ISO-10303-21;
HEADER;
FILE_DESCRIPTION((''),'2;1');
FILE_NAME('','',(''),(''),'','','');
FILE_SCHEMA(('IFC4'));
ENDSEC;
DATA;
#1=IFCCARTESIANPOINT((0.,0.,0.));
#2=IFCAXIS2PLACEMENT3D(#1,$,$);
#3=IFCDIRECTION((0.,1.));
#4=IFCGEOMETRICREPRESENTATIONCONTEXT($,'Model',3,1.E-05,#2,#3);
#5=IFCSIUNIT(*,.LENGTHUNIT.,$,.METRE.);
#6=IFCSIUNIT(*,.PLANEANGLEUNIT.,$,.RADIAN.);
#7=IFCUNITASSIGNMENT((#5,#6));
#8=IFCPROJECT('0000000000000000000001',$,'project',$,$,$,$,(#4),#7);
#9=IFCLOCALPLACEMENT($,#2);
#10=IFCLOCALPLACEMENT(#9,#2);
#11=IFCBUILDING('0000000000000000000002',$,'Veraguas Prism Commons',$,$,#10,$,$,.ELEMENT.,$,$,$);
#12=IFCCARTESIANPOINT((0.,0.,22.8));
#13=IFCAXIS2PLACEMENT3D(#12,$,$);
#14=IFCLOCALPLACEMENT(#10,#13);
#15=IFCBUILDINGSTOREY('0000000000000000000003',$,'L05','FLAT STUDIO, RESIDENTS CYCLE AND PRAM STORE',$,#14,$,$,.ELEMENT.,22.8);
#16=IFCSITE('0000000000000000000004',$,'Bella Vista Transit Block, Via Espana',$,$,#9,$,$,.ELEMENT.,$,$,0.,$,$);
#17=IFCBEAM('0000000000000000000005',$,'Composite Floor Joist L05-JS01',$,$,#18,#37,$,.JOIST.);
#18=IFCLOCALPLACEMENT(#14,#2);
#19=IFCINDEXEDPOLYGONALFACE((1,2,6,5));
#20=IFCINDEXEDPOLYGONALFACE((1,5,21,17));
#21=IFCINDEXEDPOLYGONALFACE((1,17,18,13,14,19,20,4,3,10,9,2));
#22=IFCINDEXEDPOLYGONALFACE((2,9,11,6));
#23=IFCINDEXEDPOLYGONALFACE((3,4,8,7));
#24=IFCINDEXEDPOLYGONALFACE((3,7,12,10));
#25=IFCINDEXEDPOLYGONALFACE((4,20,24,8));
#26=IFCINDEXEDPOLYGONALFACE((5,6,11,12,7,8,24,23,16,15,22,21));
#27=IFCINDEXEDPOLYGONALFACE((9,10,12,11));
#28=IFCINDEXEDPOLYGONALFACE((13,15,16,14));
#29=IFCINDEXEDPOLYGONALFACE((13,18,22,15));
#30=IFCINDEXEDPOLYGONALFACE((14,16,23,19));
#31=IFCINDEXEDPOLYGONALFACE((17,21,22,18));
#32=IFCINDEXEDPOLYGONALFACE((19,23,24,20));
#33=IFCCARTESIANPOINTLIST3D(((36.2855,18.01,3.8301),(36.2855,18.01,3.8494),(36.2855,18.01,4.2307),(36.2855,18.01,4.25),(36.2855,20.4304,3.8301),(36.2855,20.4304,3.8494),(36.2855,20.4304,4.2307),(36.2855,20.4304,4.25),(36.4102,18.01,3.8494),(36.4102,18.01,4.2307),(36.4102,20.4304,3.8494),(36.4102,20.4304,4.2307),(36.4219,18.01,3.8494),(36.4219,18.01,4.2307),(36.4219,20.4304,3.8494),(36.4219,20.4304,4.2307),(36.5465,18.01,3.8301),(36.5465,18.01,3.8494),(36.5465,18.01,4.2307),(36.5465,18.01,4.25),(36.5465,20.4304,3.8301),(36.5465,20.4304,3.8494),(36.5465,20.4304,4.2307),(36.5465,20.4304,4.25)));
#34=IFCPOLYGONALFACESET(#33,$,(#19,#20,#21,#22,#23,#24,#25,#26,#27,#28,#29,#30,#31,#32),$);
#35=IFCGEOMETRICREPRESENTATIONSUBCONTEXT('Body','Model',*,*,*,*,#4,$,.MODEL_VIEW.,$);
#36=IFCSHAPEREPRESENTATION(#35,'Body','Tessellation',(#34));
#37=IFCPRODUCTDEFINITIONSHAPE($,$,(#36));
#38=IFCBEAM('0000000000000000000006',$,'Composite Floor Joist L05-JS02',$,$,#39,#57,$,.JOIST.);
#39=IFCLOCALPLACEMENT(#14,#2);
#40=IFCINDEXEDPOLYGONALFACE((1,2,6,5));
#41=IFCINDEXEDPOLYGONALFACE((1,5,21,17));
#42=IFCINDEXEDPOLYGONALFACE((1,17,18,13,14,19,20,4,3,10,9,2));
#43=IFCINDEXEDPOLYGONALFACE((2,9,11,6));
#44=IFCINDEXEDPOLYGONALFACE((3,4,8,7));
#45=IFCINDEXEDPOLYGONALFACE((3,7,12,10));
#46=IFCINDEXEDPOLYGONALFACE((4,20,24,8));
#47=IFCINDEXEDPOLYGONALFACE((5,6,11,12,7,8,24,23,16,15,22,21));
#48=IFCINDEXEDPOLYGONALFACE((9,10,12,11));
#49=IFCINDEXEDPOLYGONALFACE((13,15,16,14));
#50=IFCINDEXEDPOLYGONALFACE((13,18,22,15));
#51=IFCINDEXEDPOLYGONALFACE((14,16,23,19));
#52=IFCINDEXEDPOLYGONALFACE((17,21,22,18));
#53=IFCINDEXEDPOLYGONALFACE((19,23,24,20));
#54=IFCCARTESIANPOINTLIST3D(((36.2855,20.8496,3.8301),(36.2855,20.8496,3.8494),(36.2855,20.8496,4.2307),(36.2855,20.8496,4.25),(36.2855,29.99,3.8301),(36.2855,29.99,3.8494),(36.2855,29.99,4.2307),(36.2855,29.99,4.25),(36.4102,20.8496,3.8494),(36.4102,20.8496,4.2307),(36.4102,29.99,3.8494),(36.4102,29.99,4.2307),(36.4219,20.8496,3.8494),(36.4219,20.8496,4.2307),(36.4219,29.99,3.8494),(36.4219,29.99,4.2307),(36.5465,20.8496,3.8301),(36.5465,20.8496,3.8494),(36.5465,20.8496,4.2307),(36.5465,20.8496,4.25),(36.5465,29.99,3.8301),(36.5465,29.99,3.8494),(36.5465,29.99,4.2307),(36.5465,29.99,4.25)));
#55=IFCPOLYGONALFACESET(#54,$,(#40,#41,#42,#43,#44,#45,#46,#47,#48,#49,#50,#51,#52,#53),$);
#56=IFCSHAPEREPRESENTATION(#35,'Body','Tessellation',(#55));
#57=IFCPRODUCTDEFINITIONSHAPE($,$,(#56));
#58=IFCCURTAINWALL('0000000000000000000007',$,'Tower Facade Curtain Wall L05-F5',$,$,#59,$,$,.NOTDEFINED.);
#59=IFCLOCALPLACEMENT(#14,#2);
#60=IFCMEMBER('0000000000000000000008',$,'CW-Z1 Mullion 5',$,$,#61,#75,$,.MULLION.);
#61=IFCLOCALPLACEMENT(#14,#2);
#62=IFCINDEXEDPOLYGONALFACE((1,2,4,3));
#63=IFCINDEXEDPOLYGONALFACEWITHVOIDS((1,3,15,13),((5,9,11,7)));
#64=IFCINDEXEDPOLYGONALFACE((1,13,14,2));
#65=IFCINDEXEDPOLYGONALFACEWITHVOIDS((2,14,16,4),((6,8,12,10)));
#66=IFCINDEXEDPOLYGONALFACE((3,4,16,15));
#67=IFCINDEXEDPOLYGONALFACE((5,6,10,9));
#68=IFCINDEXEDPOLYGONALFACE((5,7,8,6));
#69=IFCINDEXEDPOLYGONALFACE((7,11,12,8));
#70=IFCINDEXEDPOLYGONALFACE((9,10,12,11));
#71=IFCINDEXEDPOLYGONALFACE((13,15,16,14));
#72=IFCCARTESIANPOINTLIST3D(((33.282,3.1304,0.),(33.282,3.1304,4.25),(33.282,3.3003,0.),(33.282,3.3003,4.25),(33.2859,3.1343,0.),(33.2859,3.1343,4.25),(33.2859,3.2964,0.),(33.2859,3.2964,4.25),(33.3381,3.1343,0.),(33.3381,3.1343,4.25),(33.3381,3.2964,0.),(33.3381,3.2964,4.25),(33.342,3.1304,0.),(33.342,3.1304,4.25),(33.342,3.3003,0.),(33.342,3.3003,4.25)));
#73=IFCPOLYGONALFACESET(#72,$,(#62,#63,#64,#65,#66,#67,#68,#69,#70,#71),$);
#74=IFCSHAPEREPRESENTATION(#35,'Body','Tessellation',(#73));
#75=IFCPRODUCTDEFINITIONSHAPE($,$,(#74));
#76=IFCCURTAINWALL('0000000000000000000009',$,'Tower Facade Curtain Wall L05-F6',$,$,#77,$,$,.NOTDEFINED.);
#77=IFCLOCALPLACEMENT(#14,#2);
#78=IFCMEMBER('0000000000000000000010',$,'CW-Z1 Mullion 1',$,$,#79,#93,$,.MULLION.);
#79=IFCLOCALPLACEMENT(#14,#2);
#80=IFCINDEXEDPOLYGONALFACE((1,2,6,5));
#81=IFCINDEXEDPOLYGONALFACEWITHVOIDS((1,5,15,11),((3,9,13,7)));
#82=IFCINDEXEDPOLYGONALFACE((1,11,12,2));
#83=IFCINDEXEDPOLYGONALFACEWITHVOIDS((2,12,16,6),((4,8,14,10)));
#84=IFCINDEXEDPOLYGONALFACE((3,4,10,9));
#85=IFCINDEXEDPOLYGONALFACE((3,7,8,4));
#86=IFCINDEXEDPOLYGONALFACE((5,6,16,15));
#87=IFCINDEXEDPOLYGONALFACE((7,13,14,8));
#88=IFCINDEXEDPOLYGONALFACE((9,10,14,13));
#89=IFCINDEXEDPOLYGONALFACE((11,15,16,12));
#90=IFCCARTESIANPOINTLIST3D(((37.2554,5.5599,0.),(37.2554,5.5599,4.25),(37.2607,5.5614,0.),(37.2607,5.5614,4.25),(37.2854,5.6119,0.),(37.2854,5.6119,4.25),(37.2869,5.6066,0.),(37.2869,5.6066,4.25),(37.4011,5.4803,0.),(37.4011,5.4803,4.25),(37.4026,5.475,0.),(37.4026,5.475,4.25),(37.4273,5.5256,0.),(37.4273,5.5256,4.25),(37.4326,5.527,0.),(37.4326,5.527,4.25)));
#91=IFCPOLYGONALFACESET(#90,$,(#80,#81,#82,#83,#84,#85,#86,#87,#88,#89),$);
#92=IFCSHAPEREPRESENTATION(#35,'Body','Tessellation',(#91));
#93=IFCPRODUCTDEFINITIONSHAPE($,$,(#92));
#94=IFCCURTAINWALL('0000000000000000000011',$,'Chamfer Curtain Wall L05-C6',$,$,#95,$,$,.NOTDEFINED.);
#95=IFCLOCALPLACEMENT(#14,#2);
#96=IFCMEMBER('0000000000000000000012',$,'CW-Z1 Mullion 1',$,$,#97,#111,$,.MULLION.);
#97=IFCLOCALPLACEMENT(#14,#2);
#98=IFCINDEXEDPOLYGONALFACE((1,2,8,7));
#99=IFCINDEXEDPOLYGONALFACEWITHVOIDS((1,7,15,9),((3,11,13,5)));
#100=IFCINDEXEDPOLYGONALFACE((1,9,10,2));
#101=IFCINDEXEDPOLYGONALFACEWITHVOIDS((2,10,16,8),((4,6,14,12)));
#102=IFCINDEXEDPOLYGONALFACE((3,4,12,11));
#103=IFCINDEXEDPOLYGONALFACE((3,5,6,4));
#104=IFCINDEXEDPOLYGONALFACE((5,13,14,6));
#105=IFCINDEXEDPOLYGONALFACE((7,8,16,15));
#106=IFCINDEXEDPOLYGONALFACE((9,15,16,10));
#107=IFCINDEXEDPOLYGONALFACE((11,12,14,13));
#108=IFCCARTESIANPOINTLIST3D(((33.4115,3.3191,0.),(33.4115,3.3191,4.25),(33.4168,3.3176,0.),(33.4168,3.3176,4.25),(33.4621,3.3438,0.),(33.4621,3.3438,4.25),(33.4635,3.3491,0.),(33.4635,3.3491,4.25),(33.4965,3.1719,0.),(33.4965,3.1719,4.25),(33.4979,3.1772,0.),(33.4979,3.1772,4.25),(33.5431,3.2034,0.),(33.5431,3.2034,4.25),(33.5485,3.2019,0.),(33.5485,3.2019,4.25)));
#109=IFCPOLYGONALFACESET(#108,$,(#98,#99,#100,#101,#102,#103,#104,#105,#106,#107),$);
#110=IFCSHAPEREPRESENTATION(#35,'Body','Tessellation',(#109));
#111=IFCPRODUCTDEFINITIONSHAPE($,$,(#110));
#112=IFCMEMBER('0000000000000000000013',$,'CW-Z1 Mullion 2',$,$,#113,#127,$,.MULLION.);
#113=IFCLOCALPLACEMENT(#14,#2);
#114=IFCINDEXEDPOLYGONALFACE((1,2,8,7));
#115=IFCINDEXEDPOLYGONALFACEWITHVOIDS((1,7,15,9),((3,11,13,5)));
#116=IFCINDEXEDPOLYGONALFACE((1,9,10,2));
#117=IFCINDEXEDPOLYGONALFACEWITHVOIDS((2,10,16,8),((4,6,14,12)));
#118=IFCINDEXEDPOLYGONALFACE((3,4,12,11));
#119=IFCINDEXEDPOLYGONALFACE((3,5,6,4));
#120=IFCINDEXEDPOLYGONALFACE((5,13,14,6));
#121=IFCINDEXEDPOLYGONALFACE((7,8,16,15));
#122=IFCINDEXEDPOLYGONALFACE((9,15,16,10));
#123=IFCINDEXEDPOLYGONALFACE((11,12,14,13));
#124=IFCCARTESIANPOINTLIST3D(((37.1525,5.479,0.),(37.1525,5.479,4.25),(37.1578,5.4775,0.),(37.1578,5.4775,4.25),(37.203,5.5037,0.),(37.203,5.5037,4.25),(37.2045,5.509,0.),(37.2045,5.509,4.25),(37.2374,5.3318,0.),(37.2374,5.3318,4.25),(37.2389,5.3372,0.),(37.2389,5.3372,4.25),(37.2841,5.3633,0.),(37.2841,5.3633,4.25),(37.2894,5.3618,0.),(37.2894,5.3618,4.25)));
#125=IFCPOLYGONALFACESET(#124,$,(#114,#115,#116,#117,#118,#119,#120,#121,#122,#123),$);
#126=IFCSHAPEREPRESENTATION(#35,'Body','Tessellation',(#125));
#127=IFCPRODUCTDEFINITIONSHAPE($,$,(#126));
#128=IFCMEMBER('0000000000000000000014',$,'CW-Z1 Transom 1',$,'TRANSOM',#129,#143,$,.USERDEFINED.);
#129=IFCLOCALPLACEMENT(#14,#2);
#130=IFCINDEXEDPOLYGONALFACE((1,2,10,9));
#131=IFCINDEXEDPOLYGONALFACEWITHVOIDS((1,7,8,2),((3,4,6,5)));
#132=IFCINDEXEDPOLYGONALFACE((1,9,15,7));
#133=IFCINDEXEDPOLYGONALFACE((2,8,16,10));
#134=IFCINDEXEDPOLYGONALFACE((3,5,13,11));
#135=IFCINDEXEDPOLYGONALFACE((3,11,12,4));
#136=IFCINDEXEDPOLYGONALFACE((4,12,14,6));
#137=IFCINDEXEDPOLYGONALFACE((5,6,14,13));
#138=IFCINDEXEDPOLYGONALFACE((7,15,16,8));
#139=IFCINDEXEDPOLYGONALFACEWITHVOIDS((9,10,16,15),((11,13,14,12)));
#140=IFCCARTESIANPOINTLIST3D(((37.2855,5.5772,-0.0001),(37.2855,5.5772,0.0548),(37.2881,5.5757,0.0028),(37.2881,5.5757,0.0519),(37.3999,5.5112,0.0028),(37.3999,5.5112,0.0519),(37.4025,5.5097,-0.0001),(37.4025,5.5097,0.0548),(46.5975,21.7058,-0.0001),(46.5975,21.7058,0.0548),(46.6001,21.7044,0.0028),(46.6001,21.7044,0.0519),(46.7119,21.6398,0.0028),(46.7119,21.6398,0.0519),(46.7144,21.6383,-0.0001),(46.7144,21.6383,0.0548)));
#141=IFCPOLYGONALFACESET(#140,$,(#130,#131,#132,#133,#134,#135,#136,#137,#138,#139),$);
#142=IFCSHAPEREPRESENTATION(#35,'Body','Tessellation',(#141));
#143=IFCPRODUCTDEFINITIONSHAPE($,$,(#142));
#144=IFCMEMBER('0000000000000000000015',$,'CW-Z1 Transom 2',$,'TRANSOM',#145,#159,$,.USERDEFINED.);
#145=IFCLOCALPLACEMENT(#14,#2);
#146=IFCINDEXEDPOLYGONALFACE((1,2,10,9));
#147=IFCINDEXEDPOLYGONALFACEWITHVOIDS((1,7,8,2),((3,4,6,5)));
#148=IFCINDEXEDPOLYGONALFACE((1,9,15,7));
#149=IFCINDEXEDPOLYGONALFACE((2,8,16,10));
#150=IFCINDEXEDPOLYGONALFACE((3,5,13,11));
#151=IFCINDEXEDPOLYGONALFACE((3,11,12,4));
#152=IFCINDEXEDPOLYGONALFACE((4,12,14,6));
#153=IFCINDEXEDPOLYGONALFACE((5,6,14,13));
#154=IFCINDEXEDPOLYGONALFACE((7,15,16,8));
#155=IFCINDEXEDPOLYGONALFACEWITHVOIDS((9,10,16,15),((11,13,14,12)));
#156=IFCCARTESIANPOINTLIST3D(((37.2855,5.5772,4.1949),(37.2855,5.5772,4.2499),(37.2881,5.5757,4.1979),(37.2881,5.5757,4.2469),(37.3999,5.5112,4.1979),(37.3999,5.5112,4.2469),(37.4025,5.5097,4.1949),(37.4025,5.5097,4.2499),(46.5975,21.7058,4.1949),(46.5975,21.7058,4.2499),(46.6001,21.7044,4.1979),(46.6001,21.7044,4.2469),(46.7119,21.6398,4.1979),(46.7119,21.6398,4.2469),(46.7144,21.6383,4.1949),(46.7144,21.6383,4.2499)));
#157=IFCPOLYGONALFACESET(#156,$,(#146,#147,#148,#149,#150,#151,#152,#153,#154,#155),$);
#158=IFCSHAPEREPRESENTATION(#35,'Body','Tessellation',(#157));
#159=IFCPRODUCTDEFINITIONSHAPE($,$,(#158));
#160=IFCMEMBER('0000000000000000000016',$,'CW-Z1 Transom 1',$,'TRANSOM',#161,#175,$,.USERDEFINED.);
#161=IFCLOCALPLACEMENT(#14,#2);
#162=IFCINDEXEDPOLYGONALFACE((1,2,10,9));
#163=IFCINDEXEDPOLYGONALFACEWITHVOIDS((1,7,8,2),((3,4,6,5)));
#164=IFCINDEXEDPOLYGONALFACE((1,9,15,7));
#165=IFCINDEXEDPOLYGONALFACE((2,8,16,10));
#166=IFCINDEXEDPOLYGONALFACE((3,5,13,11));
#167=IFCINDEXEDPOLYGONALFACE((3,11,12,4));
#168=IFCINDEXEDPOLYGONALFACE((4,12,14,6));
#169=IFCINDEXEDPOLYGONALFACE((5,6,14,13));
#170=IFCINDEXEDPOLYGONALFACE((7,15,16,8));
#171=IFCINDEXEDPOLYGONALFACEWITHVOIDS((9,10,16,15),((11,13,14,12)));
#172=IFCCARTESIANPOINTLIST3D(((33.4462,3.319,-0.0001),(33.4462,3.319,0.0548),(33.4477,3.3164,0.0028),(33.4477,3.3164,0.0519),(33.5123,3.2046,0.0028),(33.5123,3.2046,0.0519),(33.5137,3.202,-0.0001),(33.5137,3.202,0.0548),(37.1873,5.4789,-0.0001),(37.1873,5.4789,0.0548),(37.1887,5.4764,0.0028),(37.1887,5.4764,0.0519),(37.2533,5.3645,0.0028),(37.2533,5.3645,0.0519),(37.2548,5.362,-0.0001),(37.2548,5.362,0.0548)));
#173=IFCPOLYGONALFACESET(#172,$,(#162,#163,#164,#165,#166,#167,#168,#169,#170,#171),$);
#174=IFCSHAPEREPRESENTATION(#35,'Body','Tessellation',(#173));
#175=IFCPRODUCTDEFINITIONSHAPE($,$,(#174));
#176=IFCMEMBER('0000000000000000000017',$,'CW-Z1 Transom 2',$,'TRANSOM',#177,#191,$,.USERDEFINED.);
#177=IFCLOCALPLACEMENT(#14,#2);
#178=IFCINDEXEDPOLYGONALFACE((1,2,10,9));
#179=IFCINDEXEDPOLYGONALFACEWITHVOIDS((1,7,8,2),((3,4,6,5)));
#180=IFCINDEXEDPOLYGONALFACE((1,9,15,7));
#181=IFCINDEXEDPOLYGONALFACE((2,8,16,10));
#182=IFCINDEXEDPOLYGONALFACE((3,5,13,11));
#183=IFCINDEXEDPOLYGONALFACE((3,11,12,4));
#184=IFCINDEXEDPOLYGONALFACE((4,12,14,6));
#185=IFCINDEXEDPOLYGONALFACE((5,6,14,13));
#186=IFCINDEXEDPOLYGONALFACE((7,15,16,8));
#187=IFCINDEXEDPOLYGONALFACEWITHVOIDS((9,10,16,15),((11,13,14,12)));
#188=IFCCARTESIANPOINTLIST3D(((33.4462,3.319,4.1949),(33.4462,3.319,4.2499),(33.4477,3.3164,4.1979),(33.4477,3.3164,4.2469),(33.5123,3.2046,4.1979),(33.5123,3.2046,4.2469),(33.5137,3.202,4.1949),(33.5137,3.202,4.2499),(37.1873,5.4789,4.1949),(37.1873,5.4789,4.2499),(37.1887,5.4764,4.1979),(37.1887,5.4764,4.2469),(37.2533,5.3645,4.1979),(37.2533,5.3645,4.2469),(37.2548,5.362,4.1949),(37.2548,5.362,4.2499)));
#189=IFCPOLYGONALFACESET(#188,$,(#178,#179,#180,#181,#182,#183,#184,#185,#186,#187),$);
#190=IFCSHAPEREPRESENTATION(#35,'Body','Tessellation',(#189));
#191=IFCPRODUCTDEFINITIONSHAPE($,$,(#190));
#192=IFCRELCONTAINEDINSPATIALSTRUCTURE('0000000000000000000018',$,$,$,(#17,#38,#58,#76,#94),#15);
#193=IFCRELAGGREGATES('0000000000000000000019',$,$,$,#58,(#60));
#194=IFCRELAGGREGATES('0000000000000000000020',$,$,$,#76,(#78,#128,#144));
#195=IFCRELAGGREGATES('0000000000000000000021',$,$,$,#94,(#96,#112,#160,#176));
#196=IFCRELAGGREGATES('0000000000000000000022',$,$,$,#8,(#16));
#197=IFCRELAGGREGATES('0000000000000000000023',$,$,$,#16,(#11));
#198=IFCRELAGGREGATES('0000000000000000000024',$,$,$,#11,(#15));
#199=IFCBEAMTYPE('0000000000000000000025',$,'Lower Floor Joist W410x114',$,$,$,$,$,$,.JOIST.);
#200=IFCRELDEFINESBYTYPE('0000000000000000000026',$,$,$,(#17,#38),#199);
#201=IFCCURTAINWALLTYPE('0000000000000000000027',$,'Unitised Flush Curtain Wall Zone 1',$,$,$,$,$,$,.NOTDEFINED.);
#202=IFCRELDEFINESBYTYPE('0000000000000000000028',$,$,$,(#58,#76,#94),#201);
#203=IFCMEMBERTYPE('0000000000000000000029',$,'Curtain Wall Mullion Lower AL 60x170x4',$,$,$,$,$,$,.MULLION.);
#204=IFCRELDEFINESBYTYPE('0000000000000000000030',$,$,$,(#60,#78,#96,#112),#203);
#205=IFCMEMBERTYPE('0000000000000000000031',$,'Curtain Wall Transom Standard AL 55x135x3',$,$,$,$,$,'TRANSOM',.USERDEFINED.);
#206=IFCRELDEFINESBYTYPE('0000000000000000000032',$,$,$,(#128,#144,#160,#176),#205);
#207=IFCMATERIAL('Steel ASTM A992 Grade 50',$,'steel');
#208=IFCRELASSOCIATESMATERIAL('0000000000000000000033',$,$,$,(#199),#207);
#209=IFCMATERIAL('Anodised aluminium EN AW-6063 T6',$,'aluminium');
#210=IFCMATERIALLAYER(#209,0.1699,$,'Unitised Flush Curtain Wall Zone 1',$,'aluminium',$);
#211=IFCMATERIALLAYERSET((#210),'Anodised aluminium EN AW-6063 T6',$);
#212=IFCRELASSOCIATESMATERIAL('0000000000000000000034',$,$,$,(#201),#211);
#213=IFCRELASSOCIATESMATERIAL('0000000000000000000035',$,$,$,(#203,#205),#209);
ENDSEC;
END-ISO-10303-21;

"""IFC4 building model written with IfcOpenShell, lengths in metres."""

from ifc_helpers import new_model, si_unit, direction, frame, origin, origin_2d, place, context, subcontext, project, spatial, hollow_rectangle, i_section, extrude, source, transform, mapped, material, layer, layer_set, material_profile, profile_set, type_object, element, aggregate, save


model = new_model("IFC4")

# Units and contexts
model_context = context("Model", 3, precision=1e-05, world=origin(), true_north=direction((0.0, 1.0)))
body_context = subcontext(model_context, "Body", "Model", "MODEL_VIEW")
ifc_project = project(units=[si_unit("LENGTHUNIT", "METRE"), si_unit("PLANEANGLEUNIT", "RADIAN")], contexts=[model_context])

# Site, building, storey
site_placement = place(None, origin())
site = spatial("IfcSite", under=ifc_project, at=site_placement, Name="Bella Vista Transit Block, Via Espana", CompositionType="ELEMENT", RefElevation=0.0)
building_placement = place(site_placement, origin())
building = spatial("IfcBuilding", under=site, at=building_placement, Name="Veraguas Prism Commons", CompositionType="ELEMENT")
storey_placement = place(building_placement, frame((0.0, 0.0, 22.8)))
storey = spatial("IfcBuildingStorey", under=building, at=storey_placement, Name="L05", Description="FLAT STUDIO, RESIDENTS CYCLE AND PRAM STORE", CompositionType="ELEMENT", Elevation=22.8)

# Beams
ifc_material_1 = material(Name="Steel ASTM A992 Grade 50", Category="steel")
ifc_material_profile_1 = material_profile(ifc_material_1, i_section(OverallWidth=0.261, OverallDepth=0.4199, WebThickness=0.0117, FlangeThickness=0.0193, at=origin_2d()), Name="W410X114")
ifc_profile_set_1 = profile_set([ifc_material_profile_1], Name="Steel ASTM A992 Grade 50")
beam_type = type_object("IfcBeamType", Name="Lower Floor Joist W410x114", PredefinedType="JOIST", material=ifc_profile_set_1)
beam_1_placement = place(storey_placement, frame((36.416, 18.01, 4.04), z_axis=(0.0, 1.0, 0.0), x_axis=(-1.0, 0.0, 0.0)))
element("IfcBeam", 1, at=beam_1_placement, inside=storey, type_object=beam_type, Name="Composite Floor Joist L05-JS01", PredefinedType="JOIST", context=body_context, shape_type="SweptSolid", body=[
    extrude(i_section(OverallWidth=0.261, OverallDepth=0.4199, WebThickness=0.0117, FlangeThickness=0.0193, at=origin_2d()), origin(), (0.0, 0.0, 1.0), 2.4204),
])
beam_2_placement = place(storey_placement, frame((36.416, 20.8496, 4.04), z_axis=(0.0, 1.0, 0.0), x_axis=(-1.0, 0.0, 0.0)))
element("IfcBeam", 2, at=beam_2_placement, inside=storey, type_object=beam_type, Name="Composite Floor Joist L05-JS02", PredefinedType="JOIST", context=body_context, shape_type="SweptSolid", body=[
    extrude(i_section(OverallWidth=0.261, OverallDepth=0.4199, WebThickness=0.0117, FlangeThickness=0.0193, at=origin_2d()), origin(), (0.0, 0.0, 1.0), 9.1404),
])

# Curtain walls, members
ifc_material_2 = material(Name="Anodised aluminium EN AW-6063 T6", Category="aluminium")
ifc_layer_1 = layer(ifc_material_2, 0.1699, Name="Unitised Flush Curtain Wall Zone 1", Category="aluminium")
ifc_layer_set_1 = layer_set([ifc_layer_1], Name="Anodised aluminium EN AW-6063 T6")
curtain_wall_type = type_object("IfcCurtainWallType", Name="Unitised Flush Curtain Wall Zone 1", PredefinedType="NOTDEFINED", material=ifc_layer_set_1)
curtain_wall_1_placement = place(storey_placement, origin())
curtain_wall_1 = element("IfcCurtainWall", 3, at=curtain_wall_1_placement, inside=storey, type_object=curtain_wall_type, Name="Tower Facade Curtain Wall L05-F5", PredefinedType="NOTDEFINED")
ifc_material_profile_2 = material_profile(ifc_material_2, hollow_rectangle(XDim=0.0601, YDim=0.1699, WallThickness=0.0039, at=origin_2d()), Name="AL60X170X4")
ifc_profile_set_2 = profile_set([ifc_material_profile_2], Name="Anodised aluminium EN AW-6063 T6")
member_type_1 = type_object("IfcMemberType", Name="Curtain Wall Mullion Lower AL 60x170x4", PredefinedType="MULLION", material=ifc_profile_set_2)
shared_shape_1 = source(origin(), body_context, "Body", "SweptSolid", [
    extrude(hollow_rectangle(XDim=0.0601, YDim=0.1699, WallThickness=0.0039, at=origin_2d()), origin(), (0.0, 0.0, 1.0), 4.25),
])
member_1_placement = place(storey_placement, frame((33.312, 3.2153, 0.0), z_axis=(0.0, 0.0, 1.0), x_axis=(1.0, 0.0, 0.0)))
member_1 = element("IfcMember", 4, at=member_1_placement, type_object=member_type_1, Name="CW-Z1 Mullion 5", PredefinedType="MULLION", context=body_context, shape_type="MappedRepresentation", body=[
    mapped(shared_shape_1, transform((0.0, 0.0, 0.0), scale=1.0)),
])
aggregate(curtain_wall_1, [member_1])
curtain_wall_2_placement = place(storey_placement, origin())
curtain_wall_2 = element("IfcCurtainWall", 5, at=curtain_wall_2_placement, inside=storey, type_object=curtain_wall_type, Name="Tower Facade Curtain Wall L05-F6", PredefinedType="NOTDEFINED")
member_2_placement = place(storey_placement, frame((37.344, 5.5435, 0.0), z_axis=(0.0, 0.0, 1.0), x_axis=(0.500005, 0.866023, 0.0)))
member_2 = element("IfcMember", 6, at=member_2_placement, type_object=member_type_1, Name="CW-Z1 Mullion 1", PredefinedType="MULLION", context=body_context, shape_type="MappedRepresentation", body=[
    mapped(shared_shape_1, transform((0.0, 0.0, 0.0), scale=1.0)),
])

# Curtain wall, members
curtain_wall_3_placement = place(storey_placement, origin())
curtain_wall_3 = element("IfcCurtainWall", 7, at=curtain_wall_3_placement, inside=storey, type_object=curtain_wall_type, Name="Chamfer Curtain Wall L05-C6", PredefinedType="NOTDEFINED")
member_3_placement = place(storey_placement, frame((33.48, 3.2605, 0.0), z_axis=(0.0, 0.0, 1.0), x_axis=(0.86602, 0.500009, 0.0)))
member_3 = element("IfcMember", 8, at=member_3_placement, type_object=member_type_1, Name="CW-Z1 Mullion 1", PredefinedType="MULLION", context=body_context, shape_type="MappedRepresentation", body=[
    mapped(shared_shape_1, transform((0.0, 0.0, 0.0), scale=1.0)),
])
member_4_placement = place(storey_placement, frame((37.2209, 5.4204, 0.0), z_axis=(0.0, 0.0, 1.0), x_axis=(0.86602, 0.500009, 0.0)))
member_4 = element("IfcMember", 9, at=member_4_placement, type_object=member_type_1, Name="CW-Z1 Mullion 2", PredefinedType="MULLION", context=body_context, shape_type="MappedRepresentation", body=[
    mapped(shared_shape_1, transform((0.0, 0.0, 0.0), scale=1.0)),
])

# Members
ifc_material_profile_3 = material_profile(ifc_material_2, hollow_rectangle(XDim=0.0549, YDim=0.135, WallThickness=0.0029, at=origin_2d()), Name="AL55X135X3")
ifc_profile_set_3 = profile_set([ifc_material_profile_3], Name="Anodised aluminium EN AW-6063 T6")
member_type_2 = type_object("IfcMemberType", Name="Curtain Wall Transom Standard AL 55x135x3", ElementType="TRANSOM", PredefinedType="USERDEFINED", material=ifc_profile_set_3)
shared_shape_2 = source(origin(), body_context, "Body", "SweptSolid", [
    extrude(hollow_rectangle(XDim=0.0549, YDim=0.135, WallThickness=0.0029, at=origin_2d()), origin(), (0.0, 0.0, 1.0), 18.6238),
])
member_5_placement = place(storey_placement, frame((37.344, 5.5435, 0.0273), z_axis=(0.500005, 0.866023, 0.0), x_axis=(0.0, 0.0, 1.0)))
member_5 = element("IfcMember", 10, at=member_5_placement, type_object=member_type_2, Name="CW-Z1 Transom 1", ObjectType="TRANSOM", PredefinedType="USERDEFINED", context=body_context, shape_type="MappedRepresentation", body=[
    mapped(shared_shape_2, transform((0.0, 0.0, 0.0), scale=1.0)),
])
member_6_placement = place(storey_placement, frame((37.344, 5.5435, 4.2224), z_axis=(0.500005, 0.866023, 0.0), x_axis=(0.0, 0.0, 1.0)))
member_6 = element("IfcMember", 11, at=member_6_placement, type_object=member_type_2, Name="CW-Z1 Transom 2", ObjectType="TRANSOM", PredefinedType="USERDEFINED", context=body_context, shape_type="MappedRepresentation", body=[
    mapped(shared_shape_2, transform((0.0, 0.0, 0.0), scale=1.0)),
])
shared_shape_3 = source(origin(), body_context, "Body", "SweptSolid", [
    extrude(hollow_rectangle(XDim=0.0549, YDim=0.135, WallThickness=0.0029, at=origin_2d()), origin(), (0.0, 0.0, 1.0), 4.3198),
])
member_7_placement = place(storey_placement, frame((33.48, 3.2605, 0.0273), z_axis=(0.866019, 0.500011, 0.0), x_axis=(0.0, 0.0, 1.0)))
member_7 = element("IfcMember", 12, at=member_7_placement, type_object=member_type_2, Name="CW-Z1 Transom 1", ObjectType="TRANSOM", PredefinedType="USERDEFINED", context=body_context, shape_type="MappedRepresentation", body=[
    mapped(shared_shape_3, transform((0.0, 0.0, 0.0), scale=1.0)),
])
member_8_placement = place(storey_placement, frame((33.48, 3.2605, 4.2224), z_axis=(0.866019, 0.500011, 0.0), x_axis=(0.0, 0.0, 1.0)))
member_8 = element("IfcMember", 13, at=member_8_placement, type_object=member_type_2, Name="CW-Z1 Transom 2", ObjectType="TRANSOM", PredefinedType="USERDEFINED", context=body_context, shape_type="MappedRepresentation", body=[
    mapped(shared_shape_3, transform((0.0, 0.0, 0.0), scale=1.0)),
])

aggregate(curtain_wall_2, [member_2, member_5, member_6])
aggregate(curtain_wall_3, [member_3, member_4, member_7, member_8])

save(model, "model.ifc")
